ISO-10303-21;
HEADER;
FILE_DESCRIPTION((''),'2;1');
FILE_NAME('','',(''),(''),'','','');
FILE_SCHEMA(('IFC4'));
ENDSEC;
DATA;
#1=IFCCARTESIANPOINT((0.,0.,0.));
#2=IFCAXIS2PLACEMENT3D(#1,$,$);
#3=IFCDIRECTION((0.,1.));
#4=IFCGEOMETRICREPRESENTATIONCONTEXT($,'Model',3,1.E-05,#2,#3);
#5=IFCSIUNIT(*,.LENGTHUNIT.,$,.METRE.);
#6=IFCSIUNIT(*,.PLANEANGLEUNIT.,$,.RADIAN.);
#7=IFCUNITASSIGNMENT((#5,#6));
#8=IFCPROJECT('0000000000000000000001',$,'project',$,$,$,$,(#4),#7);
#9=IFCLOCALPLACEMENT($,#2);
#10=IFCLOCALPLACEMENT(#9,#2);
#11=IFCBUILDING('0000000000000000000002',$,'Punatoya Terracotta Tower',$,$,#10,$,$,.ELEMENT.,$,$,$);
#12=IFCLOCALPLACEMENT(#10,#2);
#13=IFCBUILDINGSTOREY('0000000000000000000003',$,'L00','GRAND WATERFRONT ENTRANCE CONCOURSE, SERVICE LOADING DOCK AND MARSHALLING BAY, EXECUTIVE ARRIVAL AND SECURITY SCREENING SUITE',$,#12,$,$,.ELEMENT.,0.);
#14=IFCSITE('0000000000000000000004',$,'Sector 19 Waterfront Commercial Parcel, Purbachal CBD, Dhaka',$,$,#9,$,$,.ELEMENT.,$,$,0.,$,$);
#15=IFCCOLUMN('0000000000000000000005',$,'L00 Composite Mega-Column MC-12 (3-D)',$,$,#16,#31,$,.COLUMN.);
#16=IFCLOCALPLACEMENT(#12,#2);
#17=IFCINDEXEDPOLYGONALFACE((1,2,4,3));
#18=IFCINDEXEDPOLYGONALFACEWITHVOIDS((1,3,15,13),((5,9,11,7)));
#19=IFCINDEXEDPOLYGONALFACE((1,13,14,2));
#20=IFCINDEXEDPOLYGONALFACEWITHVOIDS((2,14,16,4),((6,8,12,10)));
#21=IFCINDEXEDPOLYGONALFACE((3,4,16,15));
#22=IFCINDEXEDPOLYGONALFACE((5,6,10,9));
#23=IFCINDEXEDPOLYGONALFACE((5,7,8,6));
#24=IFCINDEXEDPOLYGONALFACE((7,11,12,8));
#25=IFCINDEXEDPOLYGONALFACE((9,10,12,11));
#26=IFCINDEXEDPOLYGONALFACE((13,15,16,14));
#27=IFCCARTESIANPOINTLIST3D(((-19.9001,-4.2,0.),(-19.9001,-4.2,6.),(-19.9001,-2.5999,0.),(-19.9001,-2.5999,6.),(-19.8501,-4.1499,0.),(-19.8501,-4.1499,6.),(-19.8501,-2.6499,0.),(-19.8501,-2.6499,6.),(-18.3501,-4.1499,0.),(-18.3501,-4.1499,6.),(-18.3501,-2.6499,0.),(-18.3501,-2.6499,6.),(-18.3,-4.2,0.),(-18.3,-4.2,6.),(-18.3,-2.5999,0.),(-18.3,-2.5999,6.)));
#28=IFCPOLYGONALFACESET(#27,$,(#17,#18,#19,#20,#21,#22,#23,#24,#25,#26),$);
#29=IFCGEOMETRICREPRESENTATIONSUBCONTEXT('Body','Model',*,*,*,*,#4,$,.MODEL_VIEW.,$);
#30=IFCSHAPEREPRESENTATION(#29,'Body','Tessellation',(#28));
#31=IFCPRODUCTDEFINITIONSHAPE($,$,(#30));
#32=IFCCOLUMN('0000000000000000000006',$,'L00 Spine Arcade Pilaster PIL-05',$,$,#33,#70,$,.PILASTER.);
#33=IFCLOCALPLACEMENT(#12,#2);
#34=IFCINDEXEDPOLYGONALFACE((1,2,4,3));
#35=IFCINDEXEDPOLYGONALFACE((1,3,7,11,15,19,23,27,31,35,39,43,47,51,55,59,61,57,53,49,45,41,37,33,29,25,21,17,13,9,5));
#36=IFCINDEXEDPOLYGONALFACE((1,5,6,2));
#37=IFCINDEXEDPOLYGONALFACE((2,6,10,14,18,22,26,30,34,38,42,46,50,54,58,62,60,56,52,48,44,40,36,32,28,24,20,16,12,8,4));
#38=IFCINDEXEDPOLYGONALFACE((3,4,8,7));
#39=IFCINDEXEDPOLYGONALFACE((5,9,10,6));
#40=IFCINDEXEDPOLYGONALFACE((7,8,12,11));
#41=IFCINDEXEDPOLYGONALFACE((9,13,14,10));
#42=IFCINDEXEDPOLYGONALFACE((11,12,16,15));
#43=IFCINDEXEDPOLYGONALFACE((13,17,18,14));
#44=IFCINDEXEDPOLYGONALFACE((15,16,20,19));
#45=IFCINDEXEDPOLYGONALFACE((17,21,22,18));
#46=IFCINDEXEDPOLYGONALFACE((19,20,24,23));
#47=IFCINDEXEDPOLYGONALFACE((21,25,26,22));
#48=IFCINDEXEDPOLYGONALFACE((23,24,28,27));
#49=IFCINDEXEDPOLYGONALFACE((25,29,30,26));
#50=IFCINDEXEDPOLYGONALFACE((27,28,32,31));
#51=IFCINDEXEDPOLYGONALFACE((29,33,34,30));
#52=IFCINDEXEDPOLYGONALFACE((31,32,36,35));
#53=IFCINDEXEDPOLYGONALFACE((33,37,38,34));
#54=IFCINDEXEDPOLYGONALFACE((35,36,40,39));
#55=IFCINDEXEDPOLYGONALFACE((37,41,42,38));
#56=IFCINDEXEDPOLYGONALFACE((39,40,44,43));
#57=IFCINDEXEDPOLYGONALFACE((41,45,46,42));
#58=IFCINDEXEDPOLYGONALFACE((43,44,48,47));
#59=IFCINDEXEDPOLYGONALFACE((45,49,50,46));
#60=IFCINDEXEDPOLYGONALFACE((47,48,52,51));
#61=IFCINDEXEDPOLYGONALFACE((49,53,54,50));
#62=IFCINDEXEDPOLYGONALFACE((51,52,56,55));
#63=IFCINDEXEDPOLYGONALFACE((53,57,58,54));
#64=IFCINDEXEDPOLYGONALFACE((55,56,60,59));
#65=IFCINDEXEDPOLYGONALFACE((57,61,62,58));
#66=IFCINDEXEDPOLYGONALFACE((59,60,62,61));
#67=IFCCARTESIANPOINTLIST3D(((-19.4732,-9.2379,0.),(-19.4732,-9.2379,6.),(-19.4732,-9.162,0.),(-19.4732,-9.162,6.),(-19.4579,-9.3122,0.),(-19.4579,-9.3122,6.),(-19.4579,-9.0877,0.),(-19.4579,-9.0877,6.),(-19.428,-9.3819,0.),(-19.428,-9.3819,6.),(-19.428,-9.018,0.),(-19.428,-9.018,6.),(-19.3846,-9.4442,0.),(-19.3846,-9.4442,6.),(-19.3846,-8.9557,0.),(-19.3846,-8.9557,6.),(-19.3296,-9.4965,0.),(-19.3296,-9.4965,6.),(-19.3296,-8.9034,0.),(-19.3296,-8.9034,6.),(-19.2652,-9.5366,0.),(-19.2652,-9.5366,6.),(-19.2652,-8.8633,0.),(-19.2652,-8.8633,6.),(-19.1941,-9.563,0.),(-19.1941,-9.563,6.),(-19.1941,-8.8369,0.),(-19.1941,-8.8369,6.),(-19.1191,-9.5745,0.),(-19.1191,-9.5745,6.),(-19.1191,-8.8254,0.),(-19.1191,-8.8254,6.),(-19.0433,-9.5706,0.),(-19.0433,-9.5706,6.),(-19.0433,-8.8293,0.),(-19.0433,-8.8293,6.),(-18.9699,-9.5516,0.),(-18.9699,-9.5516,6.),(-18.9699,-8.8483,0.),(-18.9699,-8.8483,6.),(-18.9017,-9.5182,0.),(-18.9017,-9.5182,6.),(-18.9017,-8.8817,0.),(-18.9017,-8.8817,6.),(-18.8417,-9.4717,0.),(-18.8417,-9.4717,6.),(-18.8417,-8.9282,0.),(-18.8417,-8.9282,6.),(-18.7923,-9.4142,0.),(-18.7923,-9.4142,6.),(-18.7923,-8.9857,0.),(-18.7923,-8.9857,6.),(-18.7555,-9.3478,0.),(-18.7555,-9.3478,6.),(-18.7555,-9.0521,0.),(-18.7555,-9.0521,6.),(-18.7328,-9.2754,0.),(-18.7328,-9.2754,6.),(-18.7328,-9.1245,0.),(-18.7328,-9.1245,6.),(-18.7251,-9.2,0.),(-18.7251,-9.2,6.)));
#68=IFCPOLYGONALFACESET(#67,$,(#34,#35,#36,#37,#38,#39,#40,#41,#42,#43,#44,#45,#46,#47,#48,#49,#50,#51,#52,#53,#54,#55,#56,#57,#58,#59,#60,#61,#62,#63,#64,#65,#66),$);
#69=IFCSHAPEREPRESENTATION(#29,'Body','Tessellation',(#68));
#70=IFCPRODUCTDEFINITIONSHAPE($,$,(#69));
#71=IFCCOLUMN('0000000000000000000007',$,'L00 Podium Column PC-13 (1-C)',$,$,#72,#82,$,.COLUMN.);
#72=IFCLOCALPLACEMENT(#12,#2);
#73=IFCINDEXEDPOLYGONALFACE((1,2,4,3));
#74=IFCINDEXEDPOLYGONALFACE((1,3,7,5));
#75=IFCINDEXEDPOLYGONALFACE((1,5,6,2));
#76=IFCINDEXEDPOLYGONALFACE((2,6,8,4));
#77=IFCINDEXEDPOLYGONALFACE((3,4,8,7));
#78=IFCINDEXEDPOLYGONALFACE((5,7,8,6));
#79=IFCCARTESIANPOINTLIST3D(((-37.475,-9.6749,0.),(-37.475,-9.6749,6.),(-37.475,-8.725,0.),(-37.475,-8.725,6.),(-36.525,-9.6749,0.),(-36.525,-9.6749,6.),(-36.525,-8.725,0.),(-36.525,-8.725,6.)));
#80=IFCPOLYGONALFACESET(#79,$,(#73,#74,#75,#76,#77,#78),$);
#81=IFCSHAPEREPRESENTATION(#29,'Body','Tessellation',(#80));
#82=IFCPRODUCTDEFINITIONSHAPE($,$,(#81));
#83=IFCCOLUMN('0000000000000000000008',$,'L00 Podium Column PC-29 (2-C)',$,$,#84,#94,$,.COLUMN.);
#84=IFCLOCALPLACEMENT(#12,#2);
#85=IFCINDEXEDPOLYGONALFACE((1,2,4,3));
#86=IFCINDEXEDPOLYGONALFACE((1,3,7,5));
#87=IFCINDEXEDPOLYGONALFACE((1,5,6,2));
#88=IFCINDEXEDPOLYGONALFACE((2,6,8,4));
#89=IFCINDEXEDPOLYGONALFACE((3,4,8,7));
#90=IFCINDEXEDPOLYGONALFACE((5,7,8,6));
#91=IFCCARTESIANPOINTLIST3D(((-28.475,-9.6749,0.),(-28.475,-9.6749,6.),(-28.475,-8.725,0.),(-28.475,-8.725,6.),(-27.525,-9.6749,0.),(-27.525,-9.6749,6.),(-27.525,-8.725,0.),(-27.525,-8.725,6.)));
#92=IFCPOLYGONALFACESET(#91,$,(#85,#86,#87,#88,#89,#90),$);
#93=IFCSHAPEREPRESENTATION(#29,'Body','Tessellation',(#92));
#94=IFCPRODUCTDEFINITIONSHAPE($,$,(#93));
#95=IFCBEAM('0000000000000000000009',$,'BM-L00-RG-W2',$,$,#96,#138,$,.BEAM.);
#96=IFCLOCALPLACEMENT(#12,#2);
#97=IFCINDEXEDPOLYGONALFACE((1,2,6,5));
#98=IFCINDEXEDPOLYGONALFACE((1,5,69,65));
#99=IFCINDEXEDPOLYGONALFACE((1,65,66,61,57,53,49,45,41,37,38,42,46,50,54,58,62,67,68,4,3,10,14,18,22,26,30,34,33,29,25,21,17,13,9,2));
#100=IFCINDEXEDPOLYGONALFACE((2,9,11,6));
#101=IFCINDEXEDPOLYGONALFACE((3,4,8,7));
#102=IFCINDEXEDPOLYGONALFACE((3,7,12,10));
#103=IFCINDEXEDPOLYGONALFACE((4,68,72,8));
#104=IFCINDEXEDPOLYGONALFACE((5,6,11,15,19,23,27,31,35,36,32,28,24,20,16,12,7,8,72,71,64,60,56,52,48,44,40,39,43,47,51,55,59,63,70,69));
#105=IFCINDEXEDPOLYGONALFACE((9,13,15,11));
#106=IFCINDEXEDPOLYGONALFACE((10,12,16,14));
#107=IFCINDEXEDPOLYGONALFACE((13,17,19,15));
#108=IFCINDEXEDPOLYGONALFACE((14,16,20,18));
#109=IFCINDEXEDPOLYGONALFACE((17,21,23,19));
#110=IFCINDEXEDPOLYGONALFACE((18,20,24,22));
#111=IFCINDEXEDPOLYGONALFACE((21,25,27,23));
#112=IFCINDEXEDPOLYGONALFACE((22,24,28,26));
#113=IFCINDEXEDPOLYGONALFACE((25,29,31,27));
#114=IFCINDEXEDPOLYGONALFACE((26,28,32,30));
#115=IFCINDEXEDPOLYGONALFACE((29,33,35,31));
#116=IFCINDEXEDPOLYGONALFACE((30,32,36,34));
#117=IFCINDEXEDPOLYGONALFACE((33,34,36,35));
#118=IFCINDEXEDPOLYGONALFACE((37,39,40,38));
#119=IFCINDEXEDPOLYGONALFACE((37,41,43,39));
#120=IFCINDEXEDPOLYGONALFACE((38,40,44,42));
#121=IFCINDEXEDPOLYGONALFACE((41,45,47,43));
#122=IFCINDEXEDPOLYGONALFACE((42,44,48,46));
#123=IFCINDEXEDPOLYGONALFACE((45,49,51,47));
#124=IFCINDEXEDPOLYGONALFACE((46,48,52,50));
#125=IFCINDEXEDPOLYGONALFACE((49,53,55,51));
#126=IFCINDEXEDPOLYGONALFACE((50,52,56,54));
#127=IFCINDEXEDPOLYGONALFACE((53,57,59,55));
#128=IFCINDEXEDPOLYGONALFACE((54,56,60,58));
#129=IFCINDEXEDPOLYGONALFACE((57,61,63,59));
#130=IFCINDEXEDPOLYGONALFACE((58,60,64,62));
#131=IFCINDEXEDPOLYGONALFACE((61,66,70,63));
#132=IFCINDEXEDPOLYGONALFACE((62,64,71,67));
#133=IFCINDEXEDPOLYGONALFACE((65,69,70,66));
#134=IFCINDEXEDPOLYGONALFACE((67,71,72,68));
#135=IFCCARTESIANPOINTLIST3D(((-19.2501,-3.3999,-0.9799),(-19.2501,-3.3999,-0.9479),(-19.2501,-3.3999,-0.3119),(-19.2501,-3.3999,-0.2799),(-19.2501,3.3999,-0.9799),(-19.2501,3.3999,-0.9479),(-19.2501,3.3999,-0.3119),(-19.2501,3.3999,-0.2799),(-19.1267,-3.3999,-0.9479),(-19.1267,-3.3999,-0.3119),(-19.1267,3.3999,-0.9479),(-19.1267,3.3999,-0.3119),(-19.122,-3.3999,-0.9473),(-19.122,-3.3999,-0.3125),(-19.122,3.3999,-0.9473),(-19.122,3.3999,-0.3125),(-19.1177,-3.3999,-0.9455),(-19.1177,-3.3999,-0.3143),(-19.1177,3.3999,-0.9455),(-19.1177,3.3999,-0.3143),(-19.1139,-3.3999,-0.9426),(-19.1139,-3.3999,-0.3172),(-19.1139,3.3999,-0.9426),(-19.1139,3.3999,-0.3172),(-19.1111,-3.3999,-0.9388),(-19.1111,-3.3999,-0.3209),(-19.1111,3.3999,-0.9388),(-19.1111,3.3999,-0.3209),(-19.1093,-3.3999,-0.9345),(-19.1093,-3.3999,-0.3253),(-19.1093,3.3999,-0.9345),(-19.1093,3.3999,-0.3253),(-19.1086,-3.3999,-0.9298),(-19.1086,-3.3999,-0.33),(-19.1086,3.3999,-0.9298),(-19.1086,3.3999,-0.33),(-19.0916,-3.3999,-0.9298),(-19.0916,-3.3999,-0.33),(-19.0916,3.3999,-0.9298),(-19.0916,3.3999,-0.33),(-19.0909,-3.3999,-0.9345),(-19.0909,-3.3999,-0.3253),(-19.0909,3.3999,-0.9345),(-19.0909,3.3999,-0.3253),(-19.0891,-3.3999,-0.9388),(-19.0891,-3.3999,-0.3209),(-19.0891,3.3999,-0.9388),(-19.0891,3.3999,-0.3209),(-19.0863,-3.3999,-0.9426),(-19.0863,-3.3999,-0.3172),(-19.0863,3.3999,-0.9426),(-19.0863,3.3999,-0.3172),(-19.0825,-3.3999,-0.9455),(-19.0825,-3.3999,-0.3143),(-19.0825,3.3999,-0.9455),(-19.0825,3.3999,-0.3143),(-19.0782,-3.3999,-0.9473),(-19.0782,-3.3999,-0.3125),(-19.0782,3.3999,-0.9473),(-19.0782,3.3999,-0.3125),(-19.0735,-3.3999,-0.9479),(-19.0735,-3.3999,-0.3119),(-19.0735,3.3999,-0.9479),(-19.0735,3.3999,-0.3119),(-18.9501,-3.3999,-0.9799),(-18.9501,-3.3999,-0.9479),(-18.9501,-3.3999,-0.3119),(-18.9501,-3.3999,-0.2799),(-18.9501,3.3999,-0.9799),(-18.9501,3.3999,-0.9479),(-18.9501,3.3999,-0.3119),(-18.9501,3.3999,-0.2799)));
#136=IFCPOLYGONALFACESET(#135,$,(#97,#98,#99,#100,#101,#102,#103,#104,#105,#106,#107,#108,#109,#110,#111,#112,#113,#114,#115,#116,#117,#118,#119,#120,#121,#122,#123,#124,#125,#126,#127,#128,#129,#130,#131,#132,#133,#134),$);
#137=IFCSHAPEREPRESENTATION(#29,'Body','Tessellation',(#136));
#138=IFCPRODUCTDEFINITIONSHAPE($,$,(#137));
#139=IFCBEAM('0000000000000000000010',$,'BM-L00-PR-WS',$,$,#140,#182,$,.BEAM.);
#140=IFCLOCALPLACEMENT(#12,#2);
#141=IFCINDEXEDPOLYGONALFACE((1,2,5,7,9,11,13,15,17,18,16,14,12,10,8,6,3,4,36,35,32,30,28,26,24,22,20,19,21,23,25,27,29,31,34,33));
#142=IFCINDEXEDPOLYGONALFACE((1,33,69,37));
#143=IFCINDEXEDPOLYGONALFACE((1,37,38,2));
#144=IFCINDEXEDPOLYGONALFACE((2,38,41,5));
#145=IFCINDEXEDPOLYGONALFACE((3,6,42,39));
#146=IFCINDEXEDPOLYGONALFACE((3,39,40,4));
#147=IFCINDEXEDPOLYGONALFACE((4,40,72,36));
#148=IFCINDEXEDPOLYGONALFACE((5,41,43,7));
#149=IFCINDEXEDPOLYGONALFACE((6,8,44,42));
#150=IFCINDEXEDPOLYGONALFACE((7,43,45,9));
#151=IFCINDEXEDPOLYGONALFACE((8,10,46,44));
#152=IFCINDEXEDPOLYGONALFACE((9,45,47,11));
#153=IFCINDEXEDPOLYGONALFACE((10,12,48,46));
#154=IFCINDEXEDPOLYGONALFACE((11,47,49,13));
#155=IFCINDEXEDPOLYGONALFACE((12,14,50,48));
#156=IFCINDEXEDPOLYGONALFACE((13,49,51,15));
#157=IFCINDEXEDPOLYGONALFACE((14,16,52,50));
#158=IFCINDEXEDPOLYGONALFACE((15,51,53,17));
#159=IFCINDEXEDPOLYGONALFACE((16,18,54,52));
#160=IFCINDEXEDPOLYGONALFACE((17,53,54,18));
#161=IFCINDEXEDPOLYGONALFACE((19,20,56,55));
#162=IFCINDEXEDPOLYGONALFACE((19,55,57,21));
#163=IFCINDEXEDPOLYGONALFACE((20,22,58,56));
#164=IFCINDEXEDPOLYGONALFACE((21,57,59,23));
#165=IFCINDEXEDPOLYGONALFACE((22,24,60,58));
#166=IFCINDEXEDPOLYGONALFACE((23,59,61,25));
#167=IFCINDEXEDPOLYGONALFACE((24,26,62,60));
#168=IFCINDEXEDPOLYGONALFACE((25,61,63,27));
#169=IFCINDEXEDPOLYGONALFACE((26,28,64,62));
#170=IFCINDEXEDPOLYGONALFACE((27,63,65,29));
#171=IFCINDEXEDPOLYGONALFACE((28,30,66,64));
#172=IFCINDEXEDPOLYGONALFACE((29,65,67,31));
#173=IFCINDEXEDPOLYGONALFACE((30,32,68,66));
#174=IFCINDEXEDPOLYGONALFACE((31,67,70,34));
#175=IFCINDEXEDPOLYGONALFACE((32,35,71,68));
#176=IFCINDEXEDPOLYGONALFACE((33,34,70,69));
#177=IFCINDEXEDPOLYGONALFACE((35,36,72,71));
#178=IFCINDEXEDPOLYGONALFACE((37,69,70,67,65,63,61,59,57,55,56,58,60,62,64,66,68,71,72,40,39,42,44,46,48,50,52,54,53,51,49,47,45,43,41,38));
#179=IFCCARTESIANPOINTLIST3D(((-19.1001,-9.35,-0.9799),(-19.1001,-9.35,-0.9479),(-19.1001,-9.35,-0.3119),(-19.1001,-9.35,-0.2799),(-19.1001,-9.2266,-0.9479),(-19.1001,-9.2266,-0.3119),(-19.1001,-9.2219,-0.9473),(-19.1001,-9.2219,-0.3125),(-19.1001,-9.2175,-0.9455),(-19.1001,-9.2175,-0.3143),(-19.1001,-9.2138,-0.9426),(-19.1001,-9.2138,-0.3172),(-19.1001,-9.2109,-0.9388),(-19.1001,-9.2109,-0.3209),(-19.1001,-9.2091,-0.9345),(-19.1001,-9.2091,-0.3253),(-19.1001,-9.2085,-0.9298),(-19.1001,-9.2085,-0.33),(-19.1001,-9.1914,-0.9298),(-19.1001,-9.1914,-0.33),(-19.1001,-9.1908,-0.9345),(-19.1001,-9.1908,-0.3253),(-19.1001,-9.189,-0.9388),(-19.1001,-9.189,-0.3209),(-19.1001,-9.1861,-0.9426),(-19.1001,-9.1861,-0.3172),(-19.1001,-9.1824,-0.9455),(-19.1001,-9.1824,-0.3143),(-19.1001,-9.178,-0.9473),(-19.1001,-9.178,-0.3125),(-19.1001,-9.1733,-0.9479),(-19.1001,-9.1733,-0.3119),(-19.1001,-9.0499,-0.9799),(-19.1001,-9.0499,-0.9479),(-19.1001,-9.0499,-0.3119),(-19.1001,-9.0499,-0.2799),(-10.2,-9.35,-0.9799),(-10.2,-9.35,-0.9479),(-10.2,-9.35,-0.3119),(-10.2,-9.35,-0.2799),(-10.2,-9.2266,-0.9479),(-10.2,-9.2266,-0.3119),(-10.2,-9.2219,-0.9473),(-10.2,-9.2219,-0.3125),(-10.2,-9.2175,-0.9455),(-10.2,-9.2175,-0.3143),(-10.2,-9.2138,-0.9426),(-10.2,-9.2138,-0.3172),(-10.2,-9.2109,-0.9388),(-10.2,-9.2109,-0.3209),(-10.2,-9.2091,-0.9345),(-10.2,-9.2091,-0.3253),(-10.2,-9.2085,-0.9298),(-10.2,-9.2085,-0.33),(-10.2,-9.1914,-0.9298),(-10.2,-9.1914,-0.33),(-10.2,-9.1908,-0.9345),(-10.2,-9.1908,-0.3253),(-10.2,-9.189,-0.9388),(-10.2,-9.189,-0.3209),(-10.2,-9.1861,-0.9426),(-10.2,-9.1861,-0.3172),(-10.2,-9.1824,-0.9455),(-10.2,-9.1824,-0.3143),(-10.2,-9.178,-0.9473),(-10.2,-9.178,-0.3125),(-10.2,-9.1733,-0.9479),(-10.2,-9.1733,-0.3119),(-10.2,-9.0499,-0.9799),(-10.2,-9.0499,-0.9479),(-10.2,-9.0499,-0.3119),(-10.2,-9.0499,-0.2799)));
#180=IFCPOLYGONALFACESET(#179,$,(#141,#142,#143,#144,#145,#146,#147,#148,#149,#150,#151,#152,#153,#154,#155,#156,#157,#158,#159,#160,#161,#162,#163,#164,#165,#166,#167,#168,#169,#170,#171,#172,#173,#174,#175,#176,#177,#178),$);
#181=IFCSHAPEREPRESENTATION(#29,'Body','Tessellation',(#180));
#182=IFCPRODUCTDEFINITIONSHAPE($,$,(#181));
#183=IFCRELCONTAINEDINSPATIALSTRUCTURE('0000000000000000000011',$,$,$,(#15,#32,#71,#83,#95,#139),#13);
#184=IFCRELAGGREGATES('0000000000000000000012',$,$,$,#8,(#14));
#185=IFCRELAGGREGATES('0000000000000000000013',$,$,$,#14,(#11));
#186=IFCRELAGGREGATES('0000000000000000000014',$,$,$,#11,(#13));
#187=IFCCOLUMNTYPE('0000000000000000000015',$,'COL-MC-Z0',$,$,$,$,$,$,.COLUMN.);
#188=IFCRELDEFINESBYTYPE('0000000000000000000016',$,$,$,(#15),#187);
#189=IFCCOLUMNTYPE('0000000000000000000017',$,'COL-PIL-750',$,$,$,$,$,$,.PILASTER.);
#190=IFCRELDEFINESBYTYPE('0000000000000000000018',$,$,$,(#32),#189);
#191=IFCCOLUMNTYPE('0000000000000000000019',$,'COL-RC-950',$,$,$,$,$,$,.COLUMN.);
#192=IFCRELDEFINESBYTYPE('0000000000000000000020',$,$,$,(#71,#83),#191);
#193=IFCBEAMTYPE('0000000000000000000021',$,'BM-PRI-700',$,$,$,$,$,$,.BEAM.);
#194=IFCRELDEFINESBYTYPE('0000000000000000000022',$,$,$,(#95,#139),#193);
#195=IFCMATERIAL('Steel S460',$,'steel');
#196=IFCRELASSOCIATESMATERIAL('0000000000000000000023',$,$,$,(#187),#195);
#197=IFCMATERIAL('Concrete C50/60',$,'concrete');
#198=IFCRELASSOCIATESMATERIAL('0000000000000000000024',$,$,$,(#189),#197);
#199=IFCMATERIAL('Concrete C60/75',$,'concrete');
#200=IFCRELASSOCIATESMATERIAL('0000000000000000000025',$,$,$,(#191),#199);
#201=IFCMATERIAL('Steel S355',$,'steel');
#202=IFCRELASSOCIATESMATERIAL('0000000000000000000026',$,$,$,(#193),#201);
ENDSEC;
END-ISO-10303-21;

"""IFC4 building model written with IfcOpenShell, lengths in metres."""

from ifc_helpers import new_model, si_unit, direction, frame, origin, origin_2d, place, context, subcontext, project, spatial, rectangle, hollow_rectangle, circle, i_section, extrude, material, material_profile, profile_set, type_object, element, save


model = new_model("IFC4")

# Units and contexts
model_context = context("Model", 3, precision=1e-05, world=origin(), true_north=direction((0.0, 1.0)))
body_context = subcontext(model_context, "Body", "Model", "MODEL_VIEW")
ifc_project = project(units=[si_unit("LENGTHUNIT", "METRE"), si_unit("PLANEANGLEUNIT", "RADIAN")], contexts=[model_context])

# Site, building, storey
site_placement = place(None, origin())
site = spatial("IfcSite", under=ifc_project, at=site_placement, Name="Sector 19 Waterfront Commercial Parcel, Purbachal CBD, Dhaka", CompositionType="ELEMENT", RefElevation=0.0)
building_placement = place(site_placement, origin())
building = spatial("IfcBuilding", under=site, at=building_placement, Name="Punatoya Terracotta Tower", CompositionType="ELEMENT")
storey_placement = place(building_placement, origin())
storey = spatial("IfcBuildingStorey", under=building, at=storey_placement, Name="L00", Description="GRAND WATERFRONT ENTRANCE CONCOURSE, SERVICE LOADING DOCK AND MARSHALLING BAY, EXECUTIVE ARRIVAL AND SECURITY SCREENING SUITE", CompositionType="ELEMENT", Elevation=0.0)

# Columns
ifc_material_1 = material(Name="Steel S460", Category="steel")
ifc_material_profile_1 = material_profile(ifc_material_1, hollow_rectangle(XDim=1.6001, YDim=1.6001, WallThickness=0.05, at=origin_2d()))
ifc_profile_set_1 = profile_set([ifc_material_profile_1], Name="Steel S460")
column_type_1 = type_object("IfcColumnType", Name="COL-MC-Z0", PredefinedType="COLUMN", material=ifc_profile_set_1)
column_1_placement = place(storey_placement, frame((-19.1001, -3.3999, 0.0), z_axis=(0.0, 0.0, 1.0), x_axis=(1.0, 0.0, 0.0)))
element("IfcColumn", 1, at=column_1_placement, inside=storey, type_object=column_type_1, Name="L00 Composite Mega-Column MC-12 (3-D)", PredefinedType="COLUMN", context=body_context, shape_type="SweptSolid", body=[
    extrude(hollow_rectangle(XDim=1.6001, YDim=1.6001, WallThickness=0.05, at=origin_2d()), origin(), (0.0, 0.0, 1.0), 6.0),
])
ifc_material_2 = material(Name="Concrete C50/60", Category="concrete")
ifc_material_profile_2 = material_profile(ifc_material_2, circle(Radius=0.375, at=origin_2d()))
ifc_profile_set_2 = profile_set([ifc_material_profile_2], Name="Concrete C50/60")
column_type_2 = type_object("IfcColumnType", Name="COL-PIL-750", PredefinedType="PILASTER", material=ifc_profile_set_2)
column_2_placement = place(storey_placement, frame((-19.1001, -9.2, 0.0), z_axis=(0.0, 0.0, 1.0), x_axis=(1.0, 0.0, 0.0)))
element("IfcColumn", 2, at=column_2_placement, inside=storey, type_object=column_type_2, Name="L00 Spine Arcade Pilaster PIL-05", PredefinedType="PILASTER", context=body_context, shape_type="SweptSolid", body=[
    extrude(circle(Radius=0.375, at=origin_2d()), origin(), (0.0, 0.0, 1.0), 6.0),
])
ifc_material_3 = material(Name="Concrete C60/75", Category="concrete")
ifc_material_profile_3 = material_profile(ifc_material_3, rectangle(XDim=0.95, YDim=0.95, at=origin_2d()))
ifc_profile_set_3 = profile_set([ifc_material_profile_3], Name="Concrete C60/75")
column_type_3 = type_object("IfcColumnType", Name="COL-RC-950", PredefinedType="COLUMN", material=ifc_profile_set_3)
for number, where, z_axis, x_axis, name in (
    (3, (-37.0, -9.2, 0.0), (0.0, 0.0, 1.0), (1.0, 0.0, 0.0), "L00 Podium Column PC-13 (1-C)"),
    (4, (-28.0, -9.2, 0.0), (0.0, 0.0, 1.0), (1.0, 0.0, 0.0), "L00 Podium Column PC-29 (2-C)"),
):
    element("IfcColumn", number, at=place(storey_placement, frame(where, z_axis=z_axis, x_axis=x_axis)), inside=storey, type_object=column_type_3, Name=name, PredefinedType="COLUMN", context=body_context, shape_type="SweptSolid", body=[
        extrude(rectangle(XDim=0.95, YDim=0.95, at=origin_2d()), origin(), (0.0, 0.0, 1.0), 6.0),
    ])

# Beams
ifc_material_4 = material(Name="Steel S355", Category="steel")
ifc_material_profile_4 = material_profile(ifc_material_4, i_section(OverallWidth=0.3, OverallDepth=0.7, WebThickness=0.0171, FlangeThickness=0.032, FilletRadius=0.0181, at=origin_2d()))
ifc_profile_set_4 = profile_set([ifc_material_profile_4], Name="Steel S355")
beam_type_1 = type_object("IfcBeamType", Name="BM-PRI-700", PredefinedType="BEAM", material=ifc_profile_set_4)
beam_1_placement = place(storey_placement, frame((-19.1001, -3.3999, -0.6299), z_axis=(0.0, 1.0, 0.0), x_axis=(-1.0, 0.0, 0.0)))
element("IfcBeam", 5, at=beam_1_placement, inside=storey, type_object=beam_type_1, Name="BM-L00-RG-W2", PredefinedType="BEAM", context=body_context, shape_type="SweptSolid", body=[
    extrude(i_section(OverallWidth=0.3, OverallDepth=0.7, WebThickness=0.0171, FlangeThickness=0.032, FilletRadius=0.0181, at=origin_2d()), origin(), (0.0, 0.0, 1.0), 6.7998),
])
for number, where, z_axis, x_axis, name in (
    (6, (-19.1001, -9.2, -0.6299), (1.0, 0.0, 0.0), (0.0, 1.0, 0.0), "BM-L00-PR-WS"),
):
    element("IfcBeam", number, at=place(storey_placement, frame(where, z_axis=z_axis, x_axis=x_axis)), inside=storey, type_object=beam_type_1, Name=name, PredefinedType="BEAM", context=body_context, shape_type="SweptSolid", body=[
        extrude(i_section(OverallWidth=0.3, OverallDepth=0.7, WebThickness=0.0171, FlangeThickness=0.032, FilletRadius=0.0181, at=origin_2d()), origin(), (0.0, 0.0, 1.0), 8.9001),
    ])

save(model, "model.ifc")
